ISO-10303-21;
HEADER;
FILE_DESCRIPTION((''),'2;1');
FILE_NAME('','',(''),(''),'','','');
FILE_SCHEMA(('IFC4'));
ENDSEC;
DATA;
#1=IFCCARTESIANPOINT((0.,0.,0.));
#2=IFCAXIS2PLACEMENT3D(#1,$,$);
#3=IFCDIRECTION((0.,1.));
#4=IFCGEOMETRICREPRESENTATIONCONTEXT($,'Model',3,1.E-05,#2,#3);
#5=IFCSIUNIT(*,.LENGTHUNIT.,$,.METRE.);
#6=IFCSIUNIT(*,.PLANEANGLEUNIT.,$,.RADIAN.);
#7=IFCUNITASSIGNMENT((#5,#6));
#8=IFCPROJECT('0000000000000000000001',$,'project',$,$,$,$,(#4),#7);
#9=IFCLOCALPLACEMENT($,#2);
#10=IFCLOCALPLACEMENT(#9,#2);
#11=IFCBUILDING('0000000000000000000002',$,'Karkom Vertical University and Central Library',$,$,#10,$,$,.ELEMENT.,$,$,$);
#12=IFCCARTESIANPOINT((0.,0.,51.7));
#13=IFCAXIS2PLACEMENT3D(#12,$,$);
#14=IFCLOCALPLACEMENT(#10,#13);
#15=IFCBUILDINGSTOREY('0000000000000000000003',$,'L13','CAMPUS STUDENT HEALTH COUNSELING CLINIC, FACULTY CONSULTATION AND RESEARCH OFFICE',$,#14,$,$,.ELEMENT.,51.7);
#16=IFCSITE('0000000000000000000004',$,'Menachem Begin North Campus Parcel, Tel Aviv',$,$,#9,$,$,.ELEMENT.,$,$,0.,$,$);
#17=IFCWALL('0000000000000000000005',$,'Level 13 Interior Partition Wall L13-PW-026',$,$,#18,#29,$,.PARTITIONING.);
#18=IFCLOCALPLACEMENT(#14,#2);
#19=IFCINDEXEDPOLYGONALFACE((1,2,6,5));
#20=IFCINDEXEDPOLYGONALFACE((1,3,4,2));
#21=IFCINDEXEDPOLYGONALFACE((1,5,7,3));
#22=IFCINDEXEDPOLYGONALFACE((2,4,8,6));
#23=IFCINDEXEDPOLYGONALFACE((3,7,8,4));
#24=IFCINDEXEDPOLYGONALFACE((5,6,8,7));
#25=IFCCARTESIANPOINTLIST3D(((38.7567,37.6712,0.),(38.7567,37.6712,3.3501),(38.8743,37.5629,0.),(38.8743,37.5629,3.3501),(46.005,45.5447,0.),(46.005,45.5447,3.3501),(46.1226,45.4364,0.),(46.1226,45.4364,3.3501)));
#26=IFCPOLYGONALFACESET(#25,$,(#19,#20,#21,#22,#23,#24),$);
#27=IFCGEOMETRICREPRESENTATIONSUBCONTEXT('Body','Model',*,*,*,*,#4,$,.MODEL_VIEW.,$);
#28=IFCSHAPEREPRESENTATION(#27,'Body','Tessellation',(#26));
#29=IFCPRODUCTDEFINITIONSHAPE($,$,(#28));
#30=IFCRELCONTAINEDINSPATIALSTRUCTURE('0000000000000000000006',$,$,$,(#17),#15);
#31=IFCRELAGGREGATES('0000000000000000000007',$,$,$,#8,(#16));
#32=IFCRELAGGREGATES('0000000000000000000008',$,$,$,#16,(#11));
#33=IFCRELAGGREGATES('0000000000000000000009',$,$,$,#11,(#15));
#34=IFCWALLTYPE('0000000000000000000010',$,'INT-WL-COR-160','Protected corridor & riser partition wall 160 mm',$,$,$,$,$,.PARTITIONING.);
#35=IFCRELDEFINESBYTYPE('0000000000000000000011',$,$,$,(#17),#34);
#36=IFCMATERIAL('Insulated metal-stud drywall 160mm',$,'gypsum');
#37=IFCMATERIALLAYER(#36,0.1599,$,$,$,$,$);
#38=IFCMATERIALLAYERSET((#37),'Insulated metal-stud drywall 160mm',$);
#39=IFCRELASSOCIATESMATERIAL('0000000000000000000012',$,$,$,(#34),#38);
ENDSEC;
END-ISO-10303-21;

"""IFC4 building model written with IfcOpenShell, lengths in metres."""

from ifc_helpers import new_model, si_unit, direction, frame, frame_2d, origin, place, context, subcontext, project, spatial, rectangle, extrude, material, layer, layer_set, type_object, element, save


model = new_model("IFC4")

# Units and contexts
model_context = context("Model", 3, precision=1e-05, world=origin(), true_north=direction((0.0, 1.0)))
body_context = subcontext(model_context, "Body", "Model", "MODEL_VIEW")
ifc_project = project(units=[si_unit("LENGTHUNIT", "METRE"), si_unit("PLANEANGLEUNIT", "RADIAN")], contexts=[model_context])

# Site, building, storey
site_placement = place(None, origin())
site = spatial("IfcSite", under=ifc_project, at=site_placement, Name="Menachem Begin North Campus Parcel, Tel Aviv", CompositionType="ELEMENT", RefElevation=0.0)
building_placement = place(site_placement, origin())
building = spatial("IfcBuilding", under=site, at=building_placement, Name="Karkom Vertical University and Central Library", CompositionType="ELEMENT")
storey_placement = place(building_placement, frame((0.0, 0.0, 51.7)))
storey = spatial("IfcBuildingStorey", under=building, at=storey_placement, Name="L13", Description="CAMPUS STUDENT HEALTH COUNSELING CLINIC, FACULTY CONSULTATION AND RESEARCH OFFICE", CompositionType="ELEMENT", Elevation=51.7)

# Shared definitions
ifc_material_1 = material(Name="Insulated metal-stud drywall 160mm", Category="gypsum")
ifc_layer_1 = layer(ifc_material_1, 0.1599)
ifc_layer_set_1 = layer_set([ifc_layer_1], Name="Insulated metal-stud drywall 160mm")
wall_type_1 = type_object("IfcWallType", Name="INT-WL-COR-160", Description="Protected corridor & riser partition wall 160 mm", PredefinedType="PARTITIONING", material=ifc_layer_set_1)

# Wall
wall_1_placement = place(storey_placement, frame((38.8154, 37.6169, 0.0), z_axis=(0.0, 0.0, 1.0), x_axis=(0.677291, 0.735715, 0.0)))
element("IfcWall", 1, at=wall_1_placement, inside=storey, type_object=wall_type_1, Name="Level 13 Interior Partition Wall L13-PW-026", PredefinedType="PARTITIONING", context=body_context, shape_type="SweptSolid", body=[
    extrude(rectangle(XDim=10.7019, YDim=0.1599, at=frame_2d((5.3511, 0.0))), origin(), (0.0, 0.0, 1.0), 3.3501),
])

save(model, "model.ifc")
